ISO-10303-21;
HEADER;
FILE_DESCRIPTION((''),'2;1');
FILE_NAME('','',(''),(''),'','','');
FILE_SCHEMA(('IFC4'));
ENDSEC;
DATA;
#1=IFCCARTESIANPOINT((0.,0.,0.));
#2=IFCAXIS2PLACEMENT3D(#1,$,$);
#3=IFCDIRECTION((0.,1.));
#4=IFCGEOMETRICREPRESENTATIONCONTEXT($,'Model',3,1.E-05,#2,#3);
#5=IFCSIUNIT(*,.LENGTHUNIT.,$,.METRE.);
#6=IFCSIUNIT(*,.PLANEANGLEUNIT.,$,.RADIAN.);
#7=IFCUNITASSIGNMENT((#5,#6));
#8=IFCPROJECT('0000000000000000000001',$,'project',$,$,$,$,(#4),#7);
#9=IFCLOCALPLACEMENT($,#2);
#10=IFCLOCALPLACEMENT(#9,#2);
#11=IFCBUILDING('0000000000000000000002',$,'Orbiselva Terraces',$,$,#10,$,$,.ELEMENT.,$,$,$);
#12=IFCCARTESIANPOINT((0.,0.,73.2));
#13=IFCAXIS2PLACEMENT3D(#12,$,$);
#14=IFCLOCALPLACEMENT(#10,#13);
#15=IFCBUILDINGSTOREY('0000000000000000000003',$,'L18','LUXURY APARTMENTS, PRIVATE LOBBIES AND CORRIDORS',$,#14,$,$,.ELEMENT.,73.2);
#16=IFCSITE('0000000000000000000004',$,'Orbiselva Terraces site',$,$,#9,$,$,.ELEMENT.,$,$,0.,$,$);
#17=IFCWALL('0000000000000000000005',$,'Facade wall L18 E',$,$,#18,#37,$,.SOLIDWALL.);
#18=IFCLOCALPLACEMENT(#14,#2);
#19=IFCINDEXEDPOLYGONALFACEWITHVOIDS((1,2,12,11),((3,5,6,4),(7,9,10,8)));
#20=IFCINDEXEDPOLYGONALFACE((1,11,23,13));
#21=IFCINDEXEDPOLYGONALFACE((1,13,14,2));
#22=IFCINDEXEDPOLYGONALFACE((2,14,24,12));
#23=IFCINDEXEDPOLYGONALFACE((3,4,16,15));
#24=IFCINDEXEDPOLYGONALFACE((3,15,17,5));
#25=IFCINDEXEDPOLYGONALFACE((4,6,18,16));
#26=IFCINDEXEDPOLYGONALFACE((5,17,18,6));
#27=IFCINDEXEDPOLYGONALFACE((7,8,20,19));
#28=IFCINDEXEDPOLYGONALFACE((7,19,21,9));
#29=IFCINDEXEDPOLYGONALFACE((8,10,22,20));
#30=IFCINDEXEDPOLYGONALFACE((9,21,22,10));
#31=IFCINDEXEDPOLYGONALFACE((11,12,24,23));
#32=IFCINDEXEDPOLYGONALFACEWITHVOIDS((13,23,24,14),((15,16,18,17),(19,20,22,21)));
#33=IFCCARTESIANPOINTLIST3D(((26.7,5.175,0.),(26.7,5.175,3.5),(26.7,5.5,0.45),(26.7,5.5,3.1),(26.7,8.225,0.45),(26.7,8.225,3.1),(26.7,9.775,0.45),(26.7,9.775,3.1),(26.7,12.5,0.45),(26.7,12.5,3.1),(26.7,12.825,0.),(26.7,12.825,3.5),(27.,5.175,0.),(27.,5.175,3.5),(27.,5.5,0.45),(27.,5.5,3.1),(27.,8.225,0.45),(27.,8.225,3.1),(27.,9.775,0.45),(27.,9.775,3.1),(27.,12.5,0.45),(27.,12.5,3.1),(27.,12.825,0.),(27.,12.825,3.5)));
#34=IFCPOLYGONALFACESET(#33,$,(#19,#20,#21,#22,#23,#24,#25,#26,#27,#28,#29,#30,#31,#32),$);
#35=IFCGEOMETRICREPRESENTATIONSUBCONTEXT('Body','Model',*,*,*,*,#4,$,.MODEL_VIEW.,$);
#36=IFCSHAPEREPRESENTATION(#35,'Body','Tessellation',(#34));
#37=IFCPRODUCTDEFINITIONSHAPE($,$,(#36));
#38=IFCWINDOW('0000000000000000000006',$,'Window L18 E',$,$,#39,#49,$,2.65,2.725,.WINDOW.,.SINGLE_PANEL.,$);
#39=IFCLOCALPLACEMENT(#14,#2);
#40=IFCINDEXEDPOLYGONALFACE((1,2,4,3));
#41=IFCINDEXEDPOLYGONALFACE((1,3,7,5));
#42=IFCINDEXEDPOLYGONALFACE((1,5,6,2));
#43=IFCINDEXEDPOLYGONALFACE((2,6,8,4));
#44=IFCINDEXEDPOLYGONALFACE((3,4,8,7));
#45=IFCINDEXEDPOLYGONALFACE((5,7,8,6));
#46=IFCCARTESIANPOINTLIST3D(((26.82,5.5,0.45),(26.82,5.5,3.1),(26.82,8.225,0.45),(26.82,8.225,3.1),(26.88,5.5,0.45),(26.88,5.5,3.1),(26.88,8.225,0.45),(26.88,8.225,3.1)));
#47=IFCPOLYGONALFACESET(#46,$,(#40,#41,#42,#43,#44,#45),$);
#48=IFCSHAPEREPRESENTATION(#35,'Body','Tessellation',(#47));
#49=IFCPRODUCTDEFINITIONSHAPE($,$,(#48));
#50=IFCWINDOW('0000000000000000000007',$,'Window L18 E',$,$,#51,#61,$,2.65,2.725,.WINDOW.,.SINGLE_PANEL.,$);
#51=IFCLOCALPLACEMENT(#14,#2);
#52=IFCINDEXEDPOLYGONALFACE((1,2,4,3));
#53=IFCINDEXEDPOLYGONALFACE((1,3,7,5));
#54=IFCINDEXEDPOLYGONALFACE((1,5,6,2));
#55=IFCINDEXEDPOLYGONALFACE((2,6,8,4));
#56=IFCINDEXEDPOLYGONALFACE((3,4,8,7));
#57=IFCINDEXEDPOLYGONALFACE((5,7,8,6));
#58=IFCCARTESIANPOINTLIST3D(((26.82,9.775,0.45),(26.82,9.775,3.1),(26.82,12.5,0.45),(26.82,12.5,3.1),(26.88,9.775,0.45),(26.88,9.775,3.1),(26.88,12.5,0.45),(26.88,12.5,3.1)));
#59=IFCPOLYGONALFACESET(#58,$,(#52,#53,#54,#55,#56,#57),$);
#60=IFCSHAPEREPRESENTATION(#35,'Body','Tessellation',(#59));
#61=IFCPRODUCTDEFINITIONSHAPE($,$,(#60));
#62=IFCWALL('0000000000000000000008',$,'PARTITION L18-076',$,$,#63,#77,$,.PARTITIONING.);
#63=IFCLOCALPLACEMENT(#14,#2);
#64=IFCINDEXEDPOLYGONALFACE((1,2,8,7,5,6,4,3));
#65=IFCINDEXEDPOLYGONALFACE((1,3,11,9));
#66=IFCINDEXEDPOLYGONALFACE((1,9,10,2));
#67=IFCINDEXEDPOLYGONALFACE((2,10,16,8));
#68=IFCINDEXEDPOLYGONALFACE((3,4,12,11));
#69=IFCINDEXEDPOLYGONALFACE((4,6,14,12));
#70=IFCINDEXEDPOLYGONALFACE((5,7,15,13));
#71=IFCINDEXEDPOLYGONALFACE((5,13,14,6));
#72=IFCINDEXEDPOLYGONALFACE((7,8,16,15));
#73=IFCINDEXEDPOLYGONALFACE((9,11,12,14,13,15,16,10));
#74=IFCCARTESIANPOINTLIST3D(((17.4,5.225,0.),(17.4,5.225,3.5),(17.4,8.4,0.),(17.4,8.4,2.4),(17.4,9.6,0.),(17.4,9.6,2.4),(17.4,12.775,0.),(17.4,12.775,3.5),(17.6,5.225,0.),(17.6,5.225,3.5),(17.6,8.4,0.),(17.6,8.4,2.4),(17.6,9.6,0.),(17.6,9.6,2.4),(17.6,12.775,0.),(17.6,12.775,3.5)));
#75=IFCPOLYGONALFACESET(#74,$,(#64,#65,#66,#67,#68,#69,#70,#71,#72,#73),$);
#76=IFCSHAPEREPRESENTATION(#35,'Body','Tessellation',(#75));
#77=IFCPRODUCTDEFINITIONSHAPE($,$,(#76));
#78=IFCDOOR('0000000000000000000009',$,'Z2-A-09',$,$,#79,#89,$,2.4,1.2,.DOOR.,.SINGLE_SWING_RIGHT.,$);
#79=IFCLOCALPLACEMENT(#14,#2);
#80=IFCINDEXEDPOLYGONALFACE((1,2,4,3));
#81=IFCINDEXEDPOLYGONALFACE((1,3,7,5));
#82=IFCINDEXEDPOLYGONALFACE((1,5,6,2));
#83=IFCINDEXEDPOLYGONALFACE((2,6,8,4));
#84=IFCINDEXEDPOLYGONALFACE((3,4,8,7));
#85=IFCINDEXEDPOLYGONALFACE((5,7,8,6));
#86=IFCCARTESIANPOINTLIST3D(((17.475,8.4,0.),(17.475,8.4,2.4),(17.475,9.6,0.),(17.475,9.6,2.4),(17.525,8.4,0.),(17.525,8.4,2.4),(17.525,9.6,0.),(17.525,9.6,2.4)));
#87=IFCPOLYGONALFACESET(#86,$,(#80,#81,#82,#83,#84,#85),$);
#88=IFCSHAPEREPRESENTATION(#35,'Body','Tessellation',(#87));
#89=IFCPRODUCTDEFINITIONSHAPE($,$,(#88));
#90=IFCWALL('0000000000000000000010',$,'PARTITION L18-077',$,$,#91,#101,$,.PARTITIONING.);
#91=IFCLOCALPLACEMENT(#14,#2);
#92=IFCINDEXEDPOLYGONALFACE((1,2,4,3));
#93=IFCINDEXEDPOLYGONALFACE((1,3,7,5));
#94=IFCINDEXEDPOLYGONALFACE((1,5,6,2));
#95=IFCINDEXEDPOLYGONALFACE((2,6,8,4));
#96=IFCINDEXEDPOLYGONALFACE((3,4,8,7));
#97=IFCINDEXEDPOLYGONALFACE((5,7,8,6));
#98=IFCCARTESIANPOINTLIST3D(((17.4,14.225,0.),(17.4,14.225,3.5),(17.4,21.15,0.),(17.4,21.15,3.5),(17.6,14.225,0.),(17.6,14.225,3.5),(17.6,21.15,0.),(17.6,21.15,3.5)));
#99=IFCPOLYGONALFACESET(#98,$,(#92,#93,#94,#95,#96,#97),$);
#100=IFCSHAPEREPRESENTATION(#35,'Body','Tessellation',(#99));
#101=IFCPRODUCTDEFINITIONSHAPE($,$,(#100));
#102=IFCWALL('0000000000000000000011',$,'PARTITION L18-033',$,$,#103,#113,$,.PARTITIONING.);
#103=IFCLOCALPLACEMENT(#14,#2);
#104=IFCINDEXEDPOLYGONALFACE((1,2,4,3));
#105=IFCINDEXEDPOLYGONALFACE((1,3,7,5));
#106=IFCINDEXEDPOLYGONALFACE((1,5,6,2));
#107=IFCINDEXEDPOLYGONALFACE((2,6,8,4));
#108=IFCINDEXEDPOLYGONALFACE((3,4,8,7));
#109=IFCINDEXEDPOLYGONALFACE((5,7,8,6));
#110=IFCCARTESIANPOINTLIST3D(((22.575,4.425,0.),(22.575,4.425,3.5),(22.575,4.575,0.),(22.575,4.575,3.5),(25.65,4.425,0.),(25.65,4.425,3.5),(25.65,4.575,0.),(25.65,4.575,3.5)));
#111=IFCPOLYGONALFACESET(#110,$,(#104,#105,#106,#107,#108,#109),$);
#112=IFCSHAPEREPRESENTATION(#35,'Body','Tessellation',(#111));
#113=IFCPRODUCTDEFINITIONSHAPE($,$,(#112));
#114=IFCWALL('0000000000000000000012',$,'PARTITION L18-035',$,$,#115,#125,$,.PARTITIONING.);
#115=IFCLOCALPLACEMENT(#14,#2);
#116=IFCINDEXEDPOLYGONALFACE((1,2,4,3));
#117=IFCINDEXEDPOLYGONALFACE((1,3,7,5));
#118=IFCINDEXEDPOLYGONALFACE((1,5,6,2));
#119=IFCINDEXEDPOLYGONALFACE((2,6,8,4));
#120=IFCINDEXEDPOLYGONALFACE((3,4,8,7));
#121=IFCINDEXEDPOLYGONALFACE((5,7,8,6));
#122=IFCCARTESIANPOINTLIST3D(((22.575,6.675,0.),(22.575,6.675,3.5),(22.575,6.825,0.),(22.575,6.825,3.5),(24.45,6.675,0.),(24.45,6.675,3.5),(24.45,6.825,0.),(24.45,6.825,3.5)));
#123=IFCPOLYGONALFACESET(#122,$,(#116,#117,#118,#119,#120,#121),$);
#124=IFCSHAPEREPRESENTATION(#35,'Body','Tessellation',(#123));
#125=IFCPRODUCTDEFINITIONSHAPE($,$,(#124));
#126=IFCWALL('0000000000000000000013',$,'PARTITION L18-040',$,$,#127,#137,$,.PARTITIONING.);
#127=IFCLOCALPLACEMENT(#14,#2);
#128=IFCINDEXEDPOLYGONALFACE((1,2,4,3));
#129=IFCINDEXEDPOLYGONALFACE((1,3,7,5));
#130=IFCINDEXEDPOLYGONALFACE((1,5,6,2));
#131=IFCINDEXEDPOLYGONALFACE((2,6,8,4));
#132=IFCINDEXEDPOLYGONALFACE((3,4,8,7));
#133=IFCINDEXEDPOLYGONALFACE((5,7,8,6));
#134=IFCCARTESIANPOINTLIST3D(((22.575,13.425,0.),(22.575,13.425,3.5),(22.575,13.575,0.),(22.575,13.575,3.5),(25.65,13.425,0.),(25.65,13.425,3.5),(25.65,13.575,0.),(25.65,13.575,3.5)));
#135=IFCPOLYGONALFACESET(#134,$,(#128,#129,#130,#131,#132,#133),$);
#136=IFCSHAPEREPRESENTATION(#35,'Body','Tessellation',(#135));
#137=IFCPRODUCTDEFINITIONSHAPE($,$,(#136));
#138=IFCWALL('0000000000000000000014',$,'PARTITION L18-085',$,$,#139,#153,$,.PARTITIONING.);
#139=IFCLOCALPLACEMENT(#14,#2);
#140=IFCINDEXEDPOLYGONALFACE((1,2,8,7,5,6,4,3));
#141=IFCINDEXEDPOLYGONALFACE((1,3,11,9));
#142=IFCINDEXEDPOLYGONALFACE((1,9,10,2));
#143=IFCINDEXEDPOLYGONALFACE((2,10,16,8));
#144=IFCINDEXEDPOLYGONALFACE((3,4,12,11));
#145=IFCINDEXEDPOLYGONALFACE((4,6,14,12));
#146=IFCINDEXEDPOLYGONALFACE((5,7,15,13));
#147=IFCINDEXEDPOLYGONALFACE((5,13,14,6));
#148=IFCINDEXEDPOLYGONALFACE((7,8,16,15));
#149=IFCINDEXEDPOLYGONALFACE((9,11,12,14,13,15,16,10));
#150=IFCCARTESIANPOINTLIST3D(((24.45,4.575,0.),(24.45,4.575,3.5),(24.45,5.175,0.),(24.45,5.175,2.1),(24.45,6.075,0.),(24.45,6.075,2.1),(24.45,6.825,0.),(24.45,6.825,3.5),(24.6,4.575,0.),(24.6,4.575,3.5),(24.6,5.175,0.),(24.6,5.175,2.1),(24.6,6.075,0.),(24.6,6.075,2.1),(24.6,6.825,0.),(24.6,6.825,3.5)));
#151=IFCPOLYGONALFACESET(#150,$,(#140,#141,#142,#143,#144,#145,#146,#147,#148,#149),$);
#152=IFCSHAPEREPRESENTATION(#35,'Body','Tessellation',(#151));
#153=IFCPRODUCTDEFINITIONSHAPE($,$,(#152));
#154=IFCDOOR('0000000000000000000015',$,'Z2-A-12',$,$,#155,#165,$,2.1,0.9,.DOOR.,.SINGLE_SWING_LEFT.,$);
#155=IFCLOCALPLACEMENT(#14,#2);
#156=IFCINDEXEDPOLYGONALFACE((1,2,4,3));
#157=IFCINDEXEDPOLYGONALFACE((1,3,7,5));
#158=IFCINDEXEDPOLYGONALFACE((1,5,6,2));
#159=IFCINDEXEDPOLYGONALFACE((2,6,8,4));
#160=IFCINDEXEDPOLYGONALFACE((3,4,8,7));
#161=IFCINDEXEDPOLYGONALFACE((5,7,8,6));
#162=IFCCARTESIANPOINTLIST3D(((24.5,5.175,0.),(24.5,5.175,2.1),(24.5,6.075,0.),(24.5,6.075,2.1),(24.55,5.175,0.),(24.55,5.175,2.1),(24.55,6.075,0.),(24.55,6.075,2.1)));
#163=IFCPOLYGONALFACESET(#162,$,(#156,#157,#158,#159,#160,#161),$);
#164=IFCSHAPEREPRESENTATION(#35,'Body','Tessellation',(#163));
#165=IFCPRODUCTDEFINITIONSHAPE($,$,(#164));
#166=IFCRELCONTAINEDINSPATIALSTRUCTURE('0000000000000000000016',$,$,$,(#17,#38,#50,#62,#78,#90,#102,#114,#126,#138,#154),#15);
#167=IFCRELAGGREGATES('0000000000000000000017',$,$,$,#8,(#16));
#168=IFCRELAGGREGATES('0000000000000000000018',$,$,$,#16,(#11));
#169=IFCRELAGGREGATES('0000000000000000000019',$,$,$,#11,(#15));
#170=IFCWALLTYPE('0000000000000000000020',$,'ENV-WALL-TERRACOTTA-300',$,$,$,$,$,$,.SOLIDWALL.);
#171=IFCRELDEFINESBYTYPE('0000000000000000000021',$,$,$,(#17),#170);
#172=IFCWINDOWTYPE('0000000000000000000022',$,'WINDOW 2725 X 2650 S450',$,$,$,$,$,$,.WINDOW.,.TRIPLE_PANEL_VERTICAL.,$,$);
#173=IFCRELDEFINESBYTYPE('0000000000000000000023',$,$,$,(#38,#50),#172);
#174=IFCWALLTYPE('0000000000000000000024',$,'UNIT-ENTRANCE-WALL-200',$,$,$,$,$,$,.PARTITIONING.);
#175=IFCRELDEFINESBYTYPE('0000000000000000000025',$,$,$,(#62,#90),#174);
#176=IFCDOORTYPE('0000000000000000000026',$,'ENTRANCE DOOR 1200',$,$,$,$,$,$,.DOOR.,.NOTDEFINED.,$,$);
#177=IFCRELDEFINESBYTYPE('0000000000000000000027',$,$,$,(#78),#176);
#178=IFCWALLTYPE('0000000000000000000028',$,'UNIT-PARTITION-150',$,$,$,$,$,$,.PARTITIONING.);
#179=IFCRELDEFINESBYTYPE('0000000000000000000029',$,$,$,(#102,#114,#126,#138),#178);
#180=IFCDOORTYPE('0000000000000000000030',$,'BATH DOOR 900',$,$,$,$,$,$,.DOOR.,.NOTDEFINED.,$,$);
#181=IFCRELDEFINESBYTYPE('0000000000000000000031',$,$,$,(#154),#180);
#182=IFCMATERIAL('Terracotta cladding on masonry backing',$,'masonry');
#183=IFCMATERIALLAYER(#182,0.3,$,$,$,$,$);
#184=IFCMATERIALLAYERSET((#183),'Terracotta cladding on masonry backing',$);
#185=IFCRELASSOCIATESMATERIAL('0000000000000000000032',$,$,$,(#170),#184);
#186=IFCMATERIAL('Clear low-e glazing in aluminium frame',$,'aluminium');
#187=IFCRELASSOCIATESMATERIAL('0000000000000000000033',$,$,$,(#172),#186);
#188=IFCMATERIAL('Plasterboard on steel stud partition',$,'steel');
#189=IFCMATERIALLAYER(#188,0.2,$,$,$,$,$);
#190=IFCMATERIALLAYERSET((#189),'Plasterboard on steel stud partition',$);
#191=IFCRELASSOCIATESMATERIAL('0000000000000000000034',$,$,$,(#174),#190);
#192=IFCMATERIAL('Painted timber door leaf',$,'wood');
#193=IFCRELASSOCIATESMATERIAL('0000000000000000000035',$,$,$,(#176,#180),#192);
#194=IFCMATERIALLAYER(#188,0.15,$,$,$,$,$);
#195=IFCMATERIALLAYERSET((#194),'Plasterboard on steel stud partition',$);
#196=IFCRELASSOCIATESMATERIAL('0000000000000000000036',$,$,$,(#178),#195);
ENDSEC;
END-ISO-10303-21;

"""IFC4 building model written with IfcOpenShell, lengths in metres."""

from ifc_helpers import new_model, si_unit, direction, frame, frame_2d, origin, place, context, subcontext, project, spatial, rectangle, extrude, material, layer, layer_set, type_object, element, fill, save


model = new_model("IFC4")

# Units and contexts
model_context = context("Model", 3, precision=1e-05, world=origin(), true_north=direction((0.0, 1.0)))
body_context = subcontext(model_context, "Body", "Model", "MODEL_VIEW")
ifc_project = project(units=[si_unit("LENGTHUNIT", "METRE"), si_unit("PLANEANGLEUNIT", "RADIAN")], contexts=[model_context])

# Site, building, storey
site_placement = place(None, origin())
site = spatial("IfcSite", under=ifc_project, at=site_placement, Name="Orbiselva Terraces site", CompositionType="ELEMENT", RefElevation=0.0)
building_placement = place(site_placement, origin())
building = spatial("IfcBuilding", under=site, at=building_placement, Name="Orbiselva Terraces", CompositionType="ELEMENT")
storey_placement = place(building_placement, frame((0.0, 0.0, 73.2)))
storey = spatial("IfcBuildingStorey", under=building, at=storey_placement, Name="L18", Description="LUXURY APARTMENTS, PRIVATE LOBBIES AND CORRIDORS", CompositionType="ELEMENT", Elevation=73.2)

# Shared definitions
ifc_material_1 = material(Name="Terracotta cladding on masonry backing", Category="masonry")
ifc_layer_1 = layer(ifc_material_1, 0.3)
ifc_layer_set_1 = layer_set([ifc_layer_1], Name="Terracotta cladding on masonry backing")
wall_type_1 = type_object("IfcWallType", Name="ENV-WALL-TERRACOTTA-300", PredefinedType="SOLIDWALL", material=ifc_layer_set_1)
ifc_material_2 = material(Name="Clear low-e glazing in aluminium frame", Category="aluminium")
window_type = type_object("IfcWindowType", Name="WINDOW 2725 X 2650 S450", PartitioningType="TRIPLE_PANEL_VERTICAL", PredefinedType="WINDOW", material=ifc_material_2)

# Wall, openings, windows
wall_1_placement = place(storey_placement, frame((26.85, 12.825, 0.0), z_axis=(0.0, 0.0, 1.0), x_axis=(0.0, -1.0, 0.0)))
wall_1 = element("IfcWall", 1, at=wall_1_placement, inside=storey, type_object=wall_type_1, Name="Facade wall L18 E", PredefinedType="SOLIDWALL", context=body_context, shape_type="SweptSolid", body=[
    extrude(rectangle(XDim=7.65, YDim=0.3, at=frame_2d((3.825, 0.0))), origin(), (0.0, 0.0, 1.0), 3.5),
])
opening_1_placement = place(wall_1_placement, frame((4.6, 0.0, 0.45)))
opening_1 = element("IfcOpeningElement", 2, at=opening_1_placement, cuts=wall_1, PredefinedType="OPENING", context=body_context, shape_type="SweptSolid", body=[
    extrude(rectangle(XDim=2.725, YDim=2.65, at=frame_2d((1.3625, 1.325))), frame((0.0, 0.16, 0.0), z_axis=(0.0, -1.0, 0.0), x_axis=(1.0, 0.0, 0.0)), (0.0, 0.0, 1.0), 0.32),
])
opening_2_placement = place(wall_1_placement, frame((0.325, 0.0, 0.45)))
opening_2 = element("IfcOpeningElement", 3, at=opening_2_placement, cuts=wall_1, PredefinedType="OPENING", context=body_context, shape_type="SweptSolid", body=[
    extrude(rectangle(XDim=2.725, YDim=2.65, at=frame_2d((1.3625, 1.325))), frame((0.0, 0.16, 0.0), z_axis=(0.0, -1.0, 0.0), x_axis=(1.0, 0.0, 0.0)), (0.0, 0.0, 1.0), 0.32),
])
window_1_placement = place(opening_1_placement, origin())
window_1 = element("IfcWindow", 4, at=window_1_placement, inside=storey, type_object=window_type, Name="Window L18 E", OverallHeight=2.65, OverallWidth=2.725, PartitioningType="SINGLE_PANEL", PredefinedType="WINDOW", context=body_context, shape_type="SweptSolid", body=[
    extrude(rectangle(XDim=2.725, YDim=2.65, at=frame_2d((1.3625, 1.325))), frame((0.0, 0.03, 0.0), z_axis=(0.0, -1.0, 0.0), x_axis=(1.0, 0.0, 0.0)), (0.0, 0.0, 1.0), 0.06),
])
fill(opening_1, window_1)
window_2_placement = place(opening_2_placement, origin())
window_2 = element("IfcWindow", 5, at=window_2_placement, inside=storey, type_object=window_type, Name="Window L18 E", OverallHeight=2.65, OverallWidth=2.725, PartitioningType="SINGLE_PANEL", PredefinedType="WINDOW", context=body_context, shape_type="SweptSolid", body=[
    extrude(rectangle(XDim=2.725, YDim=2.65, at=frame_2d((1.3625, 1.325))), frame((0.0, 0.03, 0.0), z_axis=(0.0, -1.0, 0.0), x_axis=(1.0, 0.0, 0.0)), (0.0, 0.0, 1.0), 0.06),
])
fill(opening_2, window_2)

# Wall, opening, door
ifc_material_3 = material(Name="Plasterboard on steel stud partition", Category="steel")
ifc_layer_2 = layer(ifc_material_3, 0.2)
ifc_layer_set_2 = layer_set([ifc_layer_2], Name="Plasterboard on steel stud partition")
wall_type_2 = type_object("IfcWallType", Name="UNIT-ENTRANCE-WALL-200", PredefinedType="PARTITIONING", material=ifc_layer_set_2)
wall_2_placement = place(storey_placement, frame((17.5, 12.775, 0.0), z_axis=(0.0, 0.0, 1.0), x_axis=(0.0, -1.0, 0.0)))
wall_2 = element("IfcWall", 6, at=wall_2_placement, inside=storey, type_object=wall_type_2, Name="PARTITION L18-076", PredefinedType="PARTITIONING", context=body_context, shape_type="SweptSolid", body=[
    extrude(rectangle(XDim=7.55, YDim=0.2, at=frame_2d((3.775, 0.0))), origin(), (0.0, 0.0, 1.0), 3.5),
])
opening_3_placement = place(wall_2_placement, frame((3.175, 0.0, 0.0)))
opening_3 = element("IfcOpeningElement", 7, at=opening_3_placement, cuts=wall_2, PredefinedType="OPENING", context=body_context, shape_type="SweptSolid", body=[
    extrude(rectangle(XDim=1.2, YDim=2.4, at=frame_2d((0.6, 1.2))), frame((0.0, 0.11, 0.0), z_axis=(0.0, -1.0, 0.0), x_axis=(1.0, 0.0, 0.0)), (0.0, 0.0, 1.0), 0.22),
])
ifc_material_4 = material(Name="Painted timber door leaf", Category="wood")
door_type_1 = type_object("IfcDoorType", Name="ENTRANCE DOOR 1200", OperationType="NOTDEFINED", PredefinedType="DOOR", material=ifc_material_4)
door_1_placement = place(opening_3_placement, origin())
door_1 = element("IfcDoor", 8, at=door_1_placement, inside=storey, type_object=door_type_1, Name="Z2-A-09", OperationType="SINGLE_SWING_RIGHT", OverallHeight=2.4, OverallWidth=1.2, PredefinedType="DOOR", context=body_context, shape_type="SweptSolid", body=[
    extrude(rectangle(XDim=1.2, YDim=2.4, at=frame_2d((0.6, 1.2))), frame((0.0, 0.025, 0.0), z_axis=(0.0, -1.0, 0.0), x_axis=(1.0, 0.0, 0.0)), (0.0, 0.0, 1.0), 0.05),
])
fill(opening_3, door_1)

# Walls
wall_3_placement = place(storey_placement, frame((17.5, 14.225, 0.0), z_axis=(0.0, 0.0, 1.0), x_axis=(0.0, 1.0, 0.0)))
element("IfcWall", 9, at=wall_3_placement, inside=storey, type_object=wall_type_2, Name="PARTITION L18-077", PredefinedType="PARTITIONING", context=body_context, shape_type="SweptSolid", body=[
    extrude(rectangle(XDim=6.925, YDim=0.2, at=frame_2d((3.4625, 0.0))), origin(), (0.0, 0.0, 1.0), 3.5),
])
ifc_layer_3 = layer(ifc_material_3, 0.15)
ifc_layer_set_3 = layer_set([ifc_layer_3], Name="Plasterboard on steel stud partition")
wall_type_3 = type_object("IfcWallType", Name="UNIT-PARTITION-150", PredefinedType="PARTITIONING", material=ifc_layer_set_3)
wall_4_placement = place(storey_placement, frame((22.575, 4.5, 0.0), z_axis=(0.0, 0.0, 1.0), x_axis=(1.0, 0.0, 0.0)))
element("IfcWall", 10, at=wall_4_placement, inside=storey, type_object=wall_type_3, Name="PARTITION L18-033", PredefinedType="PARTITIONING", context=body_context, shape_type="SweptSolid", body=[
    extrude(rectangle(XDim=3.075, YDim=0.15, at=frame_2d((1.5375, 0.0))), origin(), (0.0, 0.0, 1.0), 3.5),
])
wall_5_placement = place(storey_placement, frame((22.575, 6.75, 0.0), z_axis=(0.0, 0.0, 1.0), x_axis=(1.0, 0.0, 0.0)))
element("IfcWall", 11, at=wall_5_placement, inside=storey, type_object=wall_type_3, Name="PARTITION L18-035", PredefinedType="PARTITIONING", context=body_context, shape_type="SweptSolid", body=[
    extrude(rectangle(XDim=1.875, YDim=0.15, at=frame_2d((0.9375, 0.0))), origin(), (0.0, 0.0, 1.0), 3.5),
])
wall_6_placement = place(storey_placement, frame((22.575, 13.5, 0.0), z_axis=(0.0, 0.0, 1.0), x_axis=(1.0, 0.0, 0.0)))
element("IfcWall", 12, at=wall_6_placement, inside=storey, type_object=wall_type_3, Name="PARTITION L18-040", PredefinedType="PARTITIONING", context=body_context, shape_type="SweptSolid", body=[
    extrude(rectangle(XDim=3.075, YDim=0.15, at=frame_2d((1.5375, 0.0))), origin(), (0.0, 0.0, 1.0), 3.5),
])

# Wall, opening, door
wall_7_placement = place(storey_placement, frame((24.525, 4.575, 0.0), z_axis=(0.0, 0.0, 1.0), x_axis=(0.0, 1.0, 0.0)))
wall_7 = element("IfcWall", 13, at=wall_7_placement, inside=storey, type_object=wall_type_3, Name="PARTITION L18-085", PredefinedType="PARTITIONING", context=body_context, shape_type="SweptSolid", body=[
    extrude(rectangle(XDim=2.25, YDim=0.15, at=frame_2d((1.125, 0.0))), origin(), (0.0, 0.0, 1.0), 3.5),
])
opening_4_placement = place(wall_7_placement, frame((0.6, 0.0, 0.0)))
opening_4 = element("IfcOpeningElement", 14, at=opening_4_placement, cuts=wall_7, PredefinedType="OPENING", context=body_context, shape_type="SweptSolid", body=[
    extrude(rectangle(XDim=0.9, YDim=2.1, at=frame_2d((0.45, 1.05))), frame((0.0, 0.085, 0.0), z_axis=(0.0, -1.0, 0.0), x_axis=(1.0, 0.0, 0.0)), (0.0, 0.0, 1.0), 0.17),
])
door_type_2 = type_object("IfcDoorType", Name="BATH DOOR 900", OperationType="NOTDEFINED", PredefinedType="DOOR", material=ifc_material_4)
door_2_placement = place(opening_4_placement, origin())
door_2 = element("IfcDoor", 15, at=door_2_placement, inside=storey, type_object=door_type_2, Name="Z2-A-12", OperationType="SINGLE_SWING_LEFT", OverallHeight=2.1, OverallWidth=0.9, PredefinedType="DOOR", context=body_context, shape_type="SweptSolid", body=[
    extrude(rectangle(XDim=0.9, YDim=2.1, at=frame_2d((0.45, 1.05))), frame((0.0, 0.025, 0.0), z_axis=(0.0, -1.0, 0.0), x_axis=(1.0, 0.0, 0.0)), (0.0, 0.0, 1.0), 0.05),
])
fill(opening_4, door_2)

save(model, "model.ifc")
